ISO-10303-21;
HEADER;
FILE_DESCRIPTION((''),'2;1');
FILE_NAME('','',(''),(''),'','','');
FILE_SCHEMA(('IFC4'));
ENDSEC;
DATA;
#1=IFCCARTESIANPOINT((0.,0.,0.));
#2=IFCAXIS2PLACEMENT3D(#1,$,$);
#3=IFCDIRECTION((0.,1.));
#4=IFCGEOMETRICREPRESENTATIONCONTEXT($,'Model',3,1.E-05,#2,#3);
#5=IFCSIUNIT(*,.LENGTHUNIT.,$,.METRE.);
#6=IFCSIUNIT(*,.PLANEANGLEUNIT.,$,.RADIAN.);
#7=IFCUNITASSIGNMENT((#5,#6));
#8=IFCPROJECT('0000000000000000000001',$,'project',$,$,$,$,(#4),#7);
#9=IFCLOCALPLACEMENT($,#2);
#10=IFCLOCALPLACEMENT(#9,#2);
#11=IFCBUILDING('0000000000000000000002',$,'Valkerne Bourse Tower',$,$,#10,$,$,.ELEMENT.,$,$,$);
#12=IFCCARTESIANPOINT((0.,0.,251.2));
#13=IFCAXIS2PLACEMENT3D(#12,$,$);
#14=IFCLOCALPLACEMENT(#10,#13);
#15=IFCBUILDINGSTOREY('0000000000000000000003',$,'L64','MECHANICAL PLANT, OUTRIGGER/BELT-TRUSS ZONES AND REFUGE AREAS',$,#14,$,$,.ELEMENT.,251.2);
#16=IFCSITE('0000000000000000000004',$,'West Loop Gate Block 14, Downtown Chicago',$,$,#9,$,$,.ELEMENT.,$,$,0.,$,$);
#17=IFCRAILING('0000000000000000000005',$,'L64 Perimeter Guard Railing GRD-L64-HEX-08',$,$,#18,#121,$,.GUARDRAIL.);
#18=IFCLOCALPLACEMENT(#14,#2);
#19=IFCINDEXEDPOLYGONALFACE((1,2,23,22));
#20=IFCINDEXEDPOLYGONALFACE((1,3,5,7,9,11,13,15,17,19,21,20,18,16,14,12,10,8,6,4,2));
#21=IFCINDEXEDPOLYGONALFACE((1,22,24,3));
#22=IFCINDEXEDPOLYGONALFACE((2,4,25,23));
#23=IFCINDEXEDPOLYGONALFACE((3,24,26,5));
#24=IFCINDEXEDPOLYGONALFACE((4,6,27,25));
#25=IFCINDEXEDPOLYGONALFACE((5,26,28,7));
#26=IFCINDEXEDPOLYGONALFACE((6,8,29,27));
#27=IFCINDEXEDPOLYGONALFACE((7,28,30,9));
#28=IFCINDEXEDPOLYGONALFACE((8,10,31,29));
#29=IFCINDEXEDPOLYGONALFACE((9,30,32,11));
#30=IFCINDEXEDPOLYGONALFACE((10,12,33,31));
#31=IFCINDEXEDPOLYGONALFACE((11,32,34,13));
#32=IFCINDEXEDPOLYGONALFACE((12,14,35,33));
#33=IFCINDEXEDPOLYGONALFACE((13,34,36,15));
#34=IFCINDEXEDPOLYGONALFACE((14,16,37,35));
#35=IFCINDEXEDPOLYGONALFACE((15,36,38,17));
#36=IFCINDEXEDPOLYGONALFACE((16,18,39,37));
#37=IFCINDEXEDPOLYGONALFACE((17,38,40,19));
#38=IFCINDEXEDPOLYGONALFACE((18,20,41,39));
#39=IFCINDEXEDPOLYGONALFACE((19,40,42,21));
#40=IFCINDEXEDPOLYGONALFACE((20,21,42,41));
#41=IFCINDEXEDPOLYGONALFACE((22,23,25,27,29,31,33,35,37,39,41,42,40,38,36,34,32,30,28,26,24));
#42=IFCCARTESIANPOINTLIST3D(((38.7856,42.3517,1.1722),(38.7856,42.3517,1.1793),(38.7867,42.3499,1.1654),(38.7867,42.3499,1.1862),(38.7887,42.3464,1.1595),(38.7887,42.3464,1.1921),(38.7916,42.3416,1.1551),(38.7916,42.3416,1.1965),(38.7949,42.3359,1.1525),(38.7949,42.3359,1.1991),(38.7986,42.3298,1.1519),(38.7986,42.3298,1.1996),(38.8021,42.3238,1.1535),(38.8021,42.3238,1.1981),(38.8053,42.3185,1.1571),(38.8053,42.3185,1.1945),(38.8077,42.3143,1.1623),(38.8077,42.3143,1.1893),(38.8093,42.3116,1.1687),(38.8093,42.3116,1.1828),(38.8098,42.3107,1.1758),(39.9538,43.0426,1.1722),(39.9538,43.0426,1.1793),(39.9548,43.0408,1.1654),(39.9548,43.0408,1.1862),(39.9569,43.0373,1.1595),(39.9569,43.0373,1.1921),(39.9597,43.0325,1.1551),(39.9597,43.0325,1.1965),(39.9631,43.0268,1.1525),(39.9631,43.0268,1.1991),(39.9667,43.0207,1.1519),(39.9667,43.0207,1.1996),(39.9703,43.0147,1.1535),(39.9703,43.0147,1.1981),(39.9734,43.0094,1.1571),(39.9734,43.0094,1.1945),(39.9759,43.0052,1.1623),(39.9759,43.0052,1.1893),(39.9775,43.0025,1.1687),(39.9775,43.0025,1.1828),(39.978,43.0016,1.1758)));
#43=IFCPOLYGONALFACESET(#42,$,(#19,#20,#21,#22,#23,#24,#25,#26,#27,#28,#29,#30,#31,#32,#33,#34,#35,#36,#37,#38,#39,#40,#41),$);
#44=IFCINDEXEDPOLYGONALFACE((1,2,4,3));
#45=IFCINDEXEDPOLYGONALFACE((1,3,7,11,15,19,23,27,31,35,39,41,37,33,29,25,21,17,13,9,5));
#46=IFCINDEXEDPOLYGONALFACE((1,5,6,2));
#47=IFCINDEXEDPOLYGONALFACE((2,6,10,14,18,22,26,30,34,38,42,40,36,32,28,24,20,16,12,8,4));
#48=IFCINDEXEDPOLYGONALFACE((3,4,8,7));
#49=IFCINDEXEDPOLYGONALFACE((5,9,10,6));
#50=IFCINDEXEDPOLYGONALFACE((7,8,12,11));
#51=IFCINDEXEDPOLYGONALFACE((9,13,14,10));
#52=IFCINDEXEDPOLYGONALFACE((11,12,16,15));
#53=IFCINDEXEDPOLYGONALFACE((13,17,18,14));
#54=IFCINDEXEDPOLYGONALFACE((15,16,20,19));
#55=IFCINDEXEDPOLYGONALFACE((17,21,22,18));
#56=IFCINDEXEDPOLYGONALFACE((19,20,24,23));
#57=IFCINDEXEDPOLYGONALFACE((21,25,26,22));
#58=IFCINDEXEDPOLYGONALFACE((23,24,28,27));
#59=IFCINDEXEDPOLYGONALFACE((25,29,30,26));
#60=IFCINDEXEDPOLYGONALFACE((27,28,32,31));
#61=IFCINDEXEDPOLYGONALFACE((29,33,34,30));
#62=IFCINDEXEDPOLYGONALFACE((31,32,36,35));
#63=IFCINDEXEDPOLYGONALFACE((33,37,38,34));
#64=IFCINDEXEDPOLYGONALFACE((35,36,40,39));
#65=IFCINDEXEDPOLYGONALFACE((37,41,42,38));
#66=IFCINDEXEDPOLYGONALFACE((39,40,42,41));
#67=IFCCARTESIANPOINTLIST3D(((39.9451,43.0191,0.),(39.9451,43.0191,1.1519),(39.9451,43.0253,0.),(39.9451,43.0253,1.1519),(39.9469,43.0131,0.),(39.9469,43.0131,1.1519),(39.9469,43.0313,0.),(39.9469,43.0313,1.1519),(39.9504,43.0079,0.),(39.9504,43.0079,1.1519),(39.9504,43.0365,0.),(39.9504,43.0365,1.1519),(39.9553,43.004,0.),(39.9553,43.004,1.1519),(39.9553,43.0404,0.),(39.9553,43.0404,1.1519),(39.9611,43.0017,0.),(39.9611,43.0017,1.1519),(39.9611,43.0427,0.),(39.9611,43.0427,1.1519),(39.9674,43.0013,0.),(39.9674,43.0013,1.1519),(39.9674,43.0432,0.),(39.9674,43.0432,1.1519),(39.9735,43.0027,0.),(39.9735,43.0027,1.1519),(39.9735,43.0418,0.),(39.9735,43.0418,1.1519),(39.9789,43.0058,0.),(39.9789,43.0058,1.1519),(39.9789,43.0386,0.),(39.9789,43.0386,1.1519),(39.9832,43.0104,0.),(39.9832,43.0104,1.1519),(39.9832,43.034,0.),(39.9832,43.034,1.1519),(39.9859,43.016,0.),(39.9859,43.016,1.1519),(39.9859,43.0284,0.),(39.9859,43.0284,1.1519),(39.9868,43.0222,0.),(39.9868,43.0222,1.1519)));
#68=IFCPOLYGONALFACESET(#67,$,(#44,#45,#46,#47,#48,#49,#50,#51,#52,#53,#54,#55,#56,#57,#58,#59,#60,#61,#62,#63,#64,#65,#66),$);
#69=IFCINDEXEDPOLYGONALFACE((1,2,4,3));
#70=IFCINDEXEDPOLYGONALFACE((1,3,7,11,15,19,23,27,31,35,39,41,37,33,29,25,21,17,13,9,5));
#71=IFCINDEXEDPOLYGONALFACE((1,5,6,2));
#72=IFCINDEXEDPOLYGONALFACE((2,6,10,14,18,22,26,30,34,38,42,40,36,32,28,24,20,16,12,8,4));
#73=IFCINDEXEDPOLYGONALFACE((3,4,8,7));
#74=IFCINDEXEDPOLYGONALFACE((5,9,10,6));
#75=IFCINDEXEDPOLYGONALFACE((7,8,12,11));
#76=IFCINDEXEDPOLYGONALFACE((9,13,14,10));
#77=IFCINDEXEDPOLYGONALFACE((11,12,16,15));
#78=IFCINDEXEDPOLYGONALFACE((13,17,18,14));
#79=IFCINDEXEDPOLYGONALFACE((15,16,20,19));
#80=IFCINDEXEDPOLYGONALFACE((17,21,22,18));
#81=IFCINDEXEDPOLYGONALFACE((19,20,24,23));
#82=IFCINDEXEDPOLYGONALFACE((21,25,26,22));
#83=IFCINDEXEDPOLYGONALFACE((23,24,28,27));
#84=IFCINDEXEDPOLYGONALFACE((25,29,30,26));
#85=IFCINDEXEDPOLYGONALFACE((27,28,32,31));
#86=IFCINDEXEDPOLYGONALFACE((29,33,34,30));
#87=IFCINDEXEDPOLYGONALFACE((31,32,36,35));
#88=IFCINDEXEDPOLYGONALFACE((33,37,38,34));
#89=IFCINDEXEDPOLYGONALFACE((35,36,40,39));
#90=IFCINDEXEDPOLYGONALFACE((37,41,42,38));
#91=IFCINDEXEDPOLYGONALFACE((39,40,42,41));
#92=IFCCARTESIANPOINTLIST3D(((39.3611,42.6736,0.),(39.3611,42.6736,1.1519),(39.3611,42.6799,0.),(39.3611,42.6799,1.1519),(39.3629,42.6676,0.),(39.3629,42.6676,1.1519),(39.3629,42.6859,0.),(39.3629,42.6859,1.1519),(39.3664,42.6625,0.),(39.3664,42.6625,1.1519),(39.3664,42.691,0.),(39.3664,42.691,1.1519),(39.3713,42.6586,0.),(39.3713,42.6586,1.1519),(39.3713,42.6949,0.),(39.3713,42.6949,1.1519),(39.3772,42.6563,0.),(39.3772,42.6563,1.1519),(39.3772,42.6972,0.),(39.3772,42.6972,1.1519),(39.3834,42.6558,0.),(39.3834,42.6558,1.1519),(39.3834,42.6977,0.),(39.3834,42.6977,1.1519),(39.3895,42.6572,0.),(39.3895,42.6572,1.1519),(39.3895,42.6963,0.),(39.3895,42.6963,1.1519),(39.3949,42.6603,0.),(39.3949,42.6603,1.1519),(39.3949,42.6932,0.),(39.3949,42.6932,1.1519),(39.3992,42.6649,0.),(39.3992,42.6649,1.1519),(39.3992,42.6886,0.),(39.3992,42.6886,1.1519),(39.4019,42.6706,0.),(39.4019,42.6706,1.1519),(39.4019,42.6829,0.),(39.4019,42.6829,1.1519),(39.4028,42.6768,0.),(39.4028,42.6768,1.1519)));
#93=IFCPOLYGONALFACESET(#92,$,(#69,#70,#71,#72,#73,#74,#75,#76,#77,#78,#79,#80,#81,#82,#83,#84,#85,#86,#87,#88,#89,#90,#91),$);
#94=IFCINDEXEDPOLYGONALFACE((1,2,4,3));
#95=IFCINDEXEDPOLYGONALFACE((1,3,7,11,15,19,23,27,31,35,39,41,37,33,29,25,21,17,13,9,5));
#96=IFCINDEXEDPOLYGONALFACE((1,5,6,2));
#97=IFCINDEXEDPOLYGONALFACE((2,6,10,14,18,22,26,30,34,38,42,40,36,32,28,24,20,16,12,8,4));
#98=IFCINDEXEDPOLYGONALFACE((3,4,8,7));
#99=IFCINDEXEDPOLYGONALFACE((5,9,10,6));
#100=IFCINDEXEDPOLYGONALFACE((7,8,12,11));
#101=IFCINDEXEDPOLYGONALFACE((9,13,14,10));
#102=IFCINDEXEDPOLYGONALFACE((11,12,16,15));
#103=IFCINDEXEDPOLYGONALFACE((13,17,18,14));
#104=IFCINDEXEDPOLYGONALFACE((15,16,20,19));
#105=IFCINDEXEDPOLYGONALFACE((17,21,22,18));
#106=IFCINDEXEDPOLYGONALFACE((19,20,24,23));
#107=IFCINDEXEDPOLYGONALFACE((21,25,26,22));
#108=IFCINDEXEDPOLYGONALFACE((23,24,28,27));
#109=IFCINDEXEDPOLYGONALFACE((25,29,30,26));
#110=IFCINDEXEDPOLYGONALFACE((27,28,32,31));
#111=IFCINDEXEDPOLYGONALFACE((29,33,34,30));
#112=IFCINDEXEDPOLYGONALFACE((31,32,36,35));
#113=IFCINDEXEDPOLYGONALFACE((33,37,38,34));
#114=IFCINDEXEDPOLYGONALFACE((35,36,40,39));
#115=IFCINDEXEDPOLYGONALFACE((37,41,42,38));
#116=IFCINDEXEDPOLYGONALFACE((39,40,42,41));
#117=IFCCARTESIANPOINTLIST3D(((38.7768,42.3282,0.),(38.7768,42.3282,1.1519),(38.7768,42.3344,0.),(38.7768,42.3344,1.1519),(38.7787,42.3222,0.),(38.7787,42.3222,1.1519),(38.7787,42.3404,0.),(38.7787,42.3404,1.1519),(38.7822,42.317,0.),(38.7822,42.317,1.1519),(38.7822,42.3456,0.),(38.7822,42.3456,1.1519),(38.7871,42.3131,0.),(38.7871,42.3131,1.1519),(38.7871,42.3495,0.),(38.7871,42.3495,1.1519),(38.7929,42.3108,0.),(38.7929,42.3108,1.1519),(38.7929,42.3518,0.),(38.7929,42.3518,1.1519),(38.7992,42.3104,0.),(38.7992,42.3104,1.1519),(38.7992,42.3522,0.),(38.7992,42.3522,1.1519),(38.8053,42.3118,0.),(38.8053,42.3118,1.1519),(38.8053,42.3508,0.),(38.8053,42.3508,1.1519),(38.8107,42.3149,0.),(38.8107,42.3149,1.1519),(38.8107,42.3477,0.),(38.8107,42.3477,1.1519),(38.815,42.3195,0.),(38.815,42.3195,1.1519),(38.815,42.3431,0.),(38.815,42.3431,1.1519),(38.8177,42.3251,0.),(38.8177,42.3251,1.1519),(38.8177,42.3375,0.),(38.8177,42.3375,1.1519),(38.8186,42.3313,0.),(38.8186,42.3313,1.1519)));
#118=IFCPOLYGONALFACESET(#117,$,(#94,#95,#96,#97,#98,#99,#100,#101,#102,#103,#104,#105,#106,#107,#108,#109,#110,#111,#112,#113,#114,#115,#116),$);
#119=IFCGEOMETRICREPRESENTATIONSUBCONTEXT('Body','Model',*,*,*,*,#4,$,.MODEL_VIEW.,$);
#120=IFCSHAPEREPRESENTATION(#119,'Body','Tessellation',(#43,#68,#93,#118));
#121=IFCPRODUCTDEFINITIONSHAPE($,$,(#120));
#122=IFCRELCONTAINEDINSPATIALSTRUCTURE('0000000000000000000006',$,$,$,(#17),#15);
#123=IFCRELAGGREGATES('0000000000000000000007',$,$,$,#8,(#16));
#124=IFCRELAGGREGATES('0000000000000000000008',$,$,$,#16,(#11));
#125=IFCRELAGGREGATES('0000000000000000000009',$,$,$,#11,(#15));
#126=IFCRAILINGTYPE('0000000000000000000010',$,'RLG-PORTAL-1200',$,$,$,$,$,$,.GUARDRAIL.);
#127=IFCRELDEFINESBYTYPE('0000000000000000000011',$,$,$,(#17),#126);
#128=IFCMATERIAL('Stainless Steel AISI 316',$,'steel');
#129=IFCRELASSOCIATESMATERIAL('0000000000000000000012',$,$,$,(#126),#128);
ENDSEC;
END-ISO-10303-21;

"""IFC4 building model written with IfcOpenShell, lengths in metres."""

from ifc_helpers import new_model, si_unit, direction, frame, origin, origin_2d, place, context, subcontext, project, spatial, circle, extrude, material, type_object, element, save


model = new_model("IFC4")

# Units and contexts
model_context = context("Model", 3, precision=1e-05, world=origin(), true_north=direction((0.0, 1.0)))
body_context = subcontext(model_context, "Body", "Model", "MODEL_VIEW")
ifc_project = project(units=[si_unit("LENGTHUNIT", "METRE"), si_unit("PLANEANGLEUNIT", "RADIAN")], contexts=[model_context])

# Site, building, storey
site_placement = place(None, origin())
site = spatial("IfcSite", under=ifc_project, at=site_placement, Name="West Loop Gate Block 14, Downtown Chicago", CompositionType="ELEMENT", RefElevation=0.0)
building_placement = place(site_placement, origin())
building = spatial("IfcBuilding", under=site, at=building_placement, Name="Valkerne Bourse Tower", CompositionType="ELEMENT")
storey_placement = place(building_placement, frame((0.0, 0.0, 251.2)))
storey = spatial("IfcBuildingStorey", under=building, at=storey_placement, Name="L64", Description="MECHANICAL PLANT, OUTRIGGER/BELT-TRUSS ZONES AND REFUGE AREAS", CompositionType="ELEMENT", Elevation=251.2)

# Railing
ifc_material_1 = material(Name="Stainless Steel AISI 316", Category="steel")
railing_type = type_object("IfcRailingType", Name="RLG-PORTAL-1200", PredefinedType="GUARDRAIL", material=ifc_material_1)
railing_1_placement = place(storey_placement, frame((39.9658, 43.0222, 0.0)))
element("IfcRailing", 1, at=railing_1_placement, inside=storey, type_object=railing_type, Name="L64 Perimeter Guard Railing GRD-L64-HEX-08", PredefinedType="GUARDRAIL", context=body_context, shape_type="SweptSolid", body=[
    extrude(circle(Radius=0.0239, at=origin_2d()), frame((0.0, 0.0, 1.1758), z_axis=(-0.86073, -0.509063, 0.0), x_axis=(0.509063, -0.86073, 0.0)), (0.0, 0.0, 1.0), 1.3572),
    extrude(circle(Radius=0.021, at=origin_2d()), origin(), (0.0, 0.0, 1.0), 1.1519),
    extrude(circle(Radius=0.021, at=origin_2d()), frame((-0.584, -0.3455, 0.0)), (0.0, 0.0, 1.0), 1.1519),
    extrude(circle(Radius=0.021, at=origin_2d()), frame((-1.1682, -0.6909, 0.0)), (0.0, 0.0, 1.0), 1.1519),
])

save(model, "model.ifc")
